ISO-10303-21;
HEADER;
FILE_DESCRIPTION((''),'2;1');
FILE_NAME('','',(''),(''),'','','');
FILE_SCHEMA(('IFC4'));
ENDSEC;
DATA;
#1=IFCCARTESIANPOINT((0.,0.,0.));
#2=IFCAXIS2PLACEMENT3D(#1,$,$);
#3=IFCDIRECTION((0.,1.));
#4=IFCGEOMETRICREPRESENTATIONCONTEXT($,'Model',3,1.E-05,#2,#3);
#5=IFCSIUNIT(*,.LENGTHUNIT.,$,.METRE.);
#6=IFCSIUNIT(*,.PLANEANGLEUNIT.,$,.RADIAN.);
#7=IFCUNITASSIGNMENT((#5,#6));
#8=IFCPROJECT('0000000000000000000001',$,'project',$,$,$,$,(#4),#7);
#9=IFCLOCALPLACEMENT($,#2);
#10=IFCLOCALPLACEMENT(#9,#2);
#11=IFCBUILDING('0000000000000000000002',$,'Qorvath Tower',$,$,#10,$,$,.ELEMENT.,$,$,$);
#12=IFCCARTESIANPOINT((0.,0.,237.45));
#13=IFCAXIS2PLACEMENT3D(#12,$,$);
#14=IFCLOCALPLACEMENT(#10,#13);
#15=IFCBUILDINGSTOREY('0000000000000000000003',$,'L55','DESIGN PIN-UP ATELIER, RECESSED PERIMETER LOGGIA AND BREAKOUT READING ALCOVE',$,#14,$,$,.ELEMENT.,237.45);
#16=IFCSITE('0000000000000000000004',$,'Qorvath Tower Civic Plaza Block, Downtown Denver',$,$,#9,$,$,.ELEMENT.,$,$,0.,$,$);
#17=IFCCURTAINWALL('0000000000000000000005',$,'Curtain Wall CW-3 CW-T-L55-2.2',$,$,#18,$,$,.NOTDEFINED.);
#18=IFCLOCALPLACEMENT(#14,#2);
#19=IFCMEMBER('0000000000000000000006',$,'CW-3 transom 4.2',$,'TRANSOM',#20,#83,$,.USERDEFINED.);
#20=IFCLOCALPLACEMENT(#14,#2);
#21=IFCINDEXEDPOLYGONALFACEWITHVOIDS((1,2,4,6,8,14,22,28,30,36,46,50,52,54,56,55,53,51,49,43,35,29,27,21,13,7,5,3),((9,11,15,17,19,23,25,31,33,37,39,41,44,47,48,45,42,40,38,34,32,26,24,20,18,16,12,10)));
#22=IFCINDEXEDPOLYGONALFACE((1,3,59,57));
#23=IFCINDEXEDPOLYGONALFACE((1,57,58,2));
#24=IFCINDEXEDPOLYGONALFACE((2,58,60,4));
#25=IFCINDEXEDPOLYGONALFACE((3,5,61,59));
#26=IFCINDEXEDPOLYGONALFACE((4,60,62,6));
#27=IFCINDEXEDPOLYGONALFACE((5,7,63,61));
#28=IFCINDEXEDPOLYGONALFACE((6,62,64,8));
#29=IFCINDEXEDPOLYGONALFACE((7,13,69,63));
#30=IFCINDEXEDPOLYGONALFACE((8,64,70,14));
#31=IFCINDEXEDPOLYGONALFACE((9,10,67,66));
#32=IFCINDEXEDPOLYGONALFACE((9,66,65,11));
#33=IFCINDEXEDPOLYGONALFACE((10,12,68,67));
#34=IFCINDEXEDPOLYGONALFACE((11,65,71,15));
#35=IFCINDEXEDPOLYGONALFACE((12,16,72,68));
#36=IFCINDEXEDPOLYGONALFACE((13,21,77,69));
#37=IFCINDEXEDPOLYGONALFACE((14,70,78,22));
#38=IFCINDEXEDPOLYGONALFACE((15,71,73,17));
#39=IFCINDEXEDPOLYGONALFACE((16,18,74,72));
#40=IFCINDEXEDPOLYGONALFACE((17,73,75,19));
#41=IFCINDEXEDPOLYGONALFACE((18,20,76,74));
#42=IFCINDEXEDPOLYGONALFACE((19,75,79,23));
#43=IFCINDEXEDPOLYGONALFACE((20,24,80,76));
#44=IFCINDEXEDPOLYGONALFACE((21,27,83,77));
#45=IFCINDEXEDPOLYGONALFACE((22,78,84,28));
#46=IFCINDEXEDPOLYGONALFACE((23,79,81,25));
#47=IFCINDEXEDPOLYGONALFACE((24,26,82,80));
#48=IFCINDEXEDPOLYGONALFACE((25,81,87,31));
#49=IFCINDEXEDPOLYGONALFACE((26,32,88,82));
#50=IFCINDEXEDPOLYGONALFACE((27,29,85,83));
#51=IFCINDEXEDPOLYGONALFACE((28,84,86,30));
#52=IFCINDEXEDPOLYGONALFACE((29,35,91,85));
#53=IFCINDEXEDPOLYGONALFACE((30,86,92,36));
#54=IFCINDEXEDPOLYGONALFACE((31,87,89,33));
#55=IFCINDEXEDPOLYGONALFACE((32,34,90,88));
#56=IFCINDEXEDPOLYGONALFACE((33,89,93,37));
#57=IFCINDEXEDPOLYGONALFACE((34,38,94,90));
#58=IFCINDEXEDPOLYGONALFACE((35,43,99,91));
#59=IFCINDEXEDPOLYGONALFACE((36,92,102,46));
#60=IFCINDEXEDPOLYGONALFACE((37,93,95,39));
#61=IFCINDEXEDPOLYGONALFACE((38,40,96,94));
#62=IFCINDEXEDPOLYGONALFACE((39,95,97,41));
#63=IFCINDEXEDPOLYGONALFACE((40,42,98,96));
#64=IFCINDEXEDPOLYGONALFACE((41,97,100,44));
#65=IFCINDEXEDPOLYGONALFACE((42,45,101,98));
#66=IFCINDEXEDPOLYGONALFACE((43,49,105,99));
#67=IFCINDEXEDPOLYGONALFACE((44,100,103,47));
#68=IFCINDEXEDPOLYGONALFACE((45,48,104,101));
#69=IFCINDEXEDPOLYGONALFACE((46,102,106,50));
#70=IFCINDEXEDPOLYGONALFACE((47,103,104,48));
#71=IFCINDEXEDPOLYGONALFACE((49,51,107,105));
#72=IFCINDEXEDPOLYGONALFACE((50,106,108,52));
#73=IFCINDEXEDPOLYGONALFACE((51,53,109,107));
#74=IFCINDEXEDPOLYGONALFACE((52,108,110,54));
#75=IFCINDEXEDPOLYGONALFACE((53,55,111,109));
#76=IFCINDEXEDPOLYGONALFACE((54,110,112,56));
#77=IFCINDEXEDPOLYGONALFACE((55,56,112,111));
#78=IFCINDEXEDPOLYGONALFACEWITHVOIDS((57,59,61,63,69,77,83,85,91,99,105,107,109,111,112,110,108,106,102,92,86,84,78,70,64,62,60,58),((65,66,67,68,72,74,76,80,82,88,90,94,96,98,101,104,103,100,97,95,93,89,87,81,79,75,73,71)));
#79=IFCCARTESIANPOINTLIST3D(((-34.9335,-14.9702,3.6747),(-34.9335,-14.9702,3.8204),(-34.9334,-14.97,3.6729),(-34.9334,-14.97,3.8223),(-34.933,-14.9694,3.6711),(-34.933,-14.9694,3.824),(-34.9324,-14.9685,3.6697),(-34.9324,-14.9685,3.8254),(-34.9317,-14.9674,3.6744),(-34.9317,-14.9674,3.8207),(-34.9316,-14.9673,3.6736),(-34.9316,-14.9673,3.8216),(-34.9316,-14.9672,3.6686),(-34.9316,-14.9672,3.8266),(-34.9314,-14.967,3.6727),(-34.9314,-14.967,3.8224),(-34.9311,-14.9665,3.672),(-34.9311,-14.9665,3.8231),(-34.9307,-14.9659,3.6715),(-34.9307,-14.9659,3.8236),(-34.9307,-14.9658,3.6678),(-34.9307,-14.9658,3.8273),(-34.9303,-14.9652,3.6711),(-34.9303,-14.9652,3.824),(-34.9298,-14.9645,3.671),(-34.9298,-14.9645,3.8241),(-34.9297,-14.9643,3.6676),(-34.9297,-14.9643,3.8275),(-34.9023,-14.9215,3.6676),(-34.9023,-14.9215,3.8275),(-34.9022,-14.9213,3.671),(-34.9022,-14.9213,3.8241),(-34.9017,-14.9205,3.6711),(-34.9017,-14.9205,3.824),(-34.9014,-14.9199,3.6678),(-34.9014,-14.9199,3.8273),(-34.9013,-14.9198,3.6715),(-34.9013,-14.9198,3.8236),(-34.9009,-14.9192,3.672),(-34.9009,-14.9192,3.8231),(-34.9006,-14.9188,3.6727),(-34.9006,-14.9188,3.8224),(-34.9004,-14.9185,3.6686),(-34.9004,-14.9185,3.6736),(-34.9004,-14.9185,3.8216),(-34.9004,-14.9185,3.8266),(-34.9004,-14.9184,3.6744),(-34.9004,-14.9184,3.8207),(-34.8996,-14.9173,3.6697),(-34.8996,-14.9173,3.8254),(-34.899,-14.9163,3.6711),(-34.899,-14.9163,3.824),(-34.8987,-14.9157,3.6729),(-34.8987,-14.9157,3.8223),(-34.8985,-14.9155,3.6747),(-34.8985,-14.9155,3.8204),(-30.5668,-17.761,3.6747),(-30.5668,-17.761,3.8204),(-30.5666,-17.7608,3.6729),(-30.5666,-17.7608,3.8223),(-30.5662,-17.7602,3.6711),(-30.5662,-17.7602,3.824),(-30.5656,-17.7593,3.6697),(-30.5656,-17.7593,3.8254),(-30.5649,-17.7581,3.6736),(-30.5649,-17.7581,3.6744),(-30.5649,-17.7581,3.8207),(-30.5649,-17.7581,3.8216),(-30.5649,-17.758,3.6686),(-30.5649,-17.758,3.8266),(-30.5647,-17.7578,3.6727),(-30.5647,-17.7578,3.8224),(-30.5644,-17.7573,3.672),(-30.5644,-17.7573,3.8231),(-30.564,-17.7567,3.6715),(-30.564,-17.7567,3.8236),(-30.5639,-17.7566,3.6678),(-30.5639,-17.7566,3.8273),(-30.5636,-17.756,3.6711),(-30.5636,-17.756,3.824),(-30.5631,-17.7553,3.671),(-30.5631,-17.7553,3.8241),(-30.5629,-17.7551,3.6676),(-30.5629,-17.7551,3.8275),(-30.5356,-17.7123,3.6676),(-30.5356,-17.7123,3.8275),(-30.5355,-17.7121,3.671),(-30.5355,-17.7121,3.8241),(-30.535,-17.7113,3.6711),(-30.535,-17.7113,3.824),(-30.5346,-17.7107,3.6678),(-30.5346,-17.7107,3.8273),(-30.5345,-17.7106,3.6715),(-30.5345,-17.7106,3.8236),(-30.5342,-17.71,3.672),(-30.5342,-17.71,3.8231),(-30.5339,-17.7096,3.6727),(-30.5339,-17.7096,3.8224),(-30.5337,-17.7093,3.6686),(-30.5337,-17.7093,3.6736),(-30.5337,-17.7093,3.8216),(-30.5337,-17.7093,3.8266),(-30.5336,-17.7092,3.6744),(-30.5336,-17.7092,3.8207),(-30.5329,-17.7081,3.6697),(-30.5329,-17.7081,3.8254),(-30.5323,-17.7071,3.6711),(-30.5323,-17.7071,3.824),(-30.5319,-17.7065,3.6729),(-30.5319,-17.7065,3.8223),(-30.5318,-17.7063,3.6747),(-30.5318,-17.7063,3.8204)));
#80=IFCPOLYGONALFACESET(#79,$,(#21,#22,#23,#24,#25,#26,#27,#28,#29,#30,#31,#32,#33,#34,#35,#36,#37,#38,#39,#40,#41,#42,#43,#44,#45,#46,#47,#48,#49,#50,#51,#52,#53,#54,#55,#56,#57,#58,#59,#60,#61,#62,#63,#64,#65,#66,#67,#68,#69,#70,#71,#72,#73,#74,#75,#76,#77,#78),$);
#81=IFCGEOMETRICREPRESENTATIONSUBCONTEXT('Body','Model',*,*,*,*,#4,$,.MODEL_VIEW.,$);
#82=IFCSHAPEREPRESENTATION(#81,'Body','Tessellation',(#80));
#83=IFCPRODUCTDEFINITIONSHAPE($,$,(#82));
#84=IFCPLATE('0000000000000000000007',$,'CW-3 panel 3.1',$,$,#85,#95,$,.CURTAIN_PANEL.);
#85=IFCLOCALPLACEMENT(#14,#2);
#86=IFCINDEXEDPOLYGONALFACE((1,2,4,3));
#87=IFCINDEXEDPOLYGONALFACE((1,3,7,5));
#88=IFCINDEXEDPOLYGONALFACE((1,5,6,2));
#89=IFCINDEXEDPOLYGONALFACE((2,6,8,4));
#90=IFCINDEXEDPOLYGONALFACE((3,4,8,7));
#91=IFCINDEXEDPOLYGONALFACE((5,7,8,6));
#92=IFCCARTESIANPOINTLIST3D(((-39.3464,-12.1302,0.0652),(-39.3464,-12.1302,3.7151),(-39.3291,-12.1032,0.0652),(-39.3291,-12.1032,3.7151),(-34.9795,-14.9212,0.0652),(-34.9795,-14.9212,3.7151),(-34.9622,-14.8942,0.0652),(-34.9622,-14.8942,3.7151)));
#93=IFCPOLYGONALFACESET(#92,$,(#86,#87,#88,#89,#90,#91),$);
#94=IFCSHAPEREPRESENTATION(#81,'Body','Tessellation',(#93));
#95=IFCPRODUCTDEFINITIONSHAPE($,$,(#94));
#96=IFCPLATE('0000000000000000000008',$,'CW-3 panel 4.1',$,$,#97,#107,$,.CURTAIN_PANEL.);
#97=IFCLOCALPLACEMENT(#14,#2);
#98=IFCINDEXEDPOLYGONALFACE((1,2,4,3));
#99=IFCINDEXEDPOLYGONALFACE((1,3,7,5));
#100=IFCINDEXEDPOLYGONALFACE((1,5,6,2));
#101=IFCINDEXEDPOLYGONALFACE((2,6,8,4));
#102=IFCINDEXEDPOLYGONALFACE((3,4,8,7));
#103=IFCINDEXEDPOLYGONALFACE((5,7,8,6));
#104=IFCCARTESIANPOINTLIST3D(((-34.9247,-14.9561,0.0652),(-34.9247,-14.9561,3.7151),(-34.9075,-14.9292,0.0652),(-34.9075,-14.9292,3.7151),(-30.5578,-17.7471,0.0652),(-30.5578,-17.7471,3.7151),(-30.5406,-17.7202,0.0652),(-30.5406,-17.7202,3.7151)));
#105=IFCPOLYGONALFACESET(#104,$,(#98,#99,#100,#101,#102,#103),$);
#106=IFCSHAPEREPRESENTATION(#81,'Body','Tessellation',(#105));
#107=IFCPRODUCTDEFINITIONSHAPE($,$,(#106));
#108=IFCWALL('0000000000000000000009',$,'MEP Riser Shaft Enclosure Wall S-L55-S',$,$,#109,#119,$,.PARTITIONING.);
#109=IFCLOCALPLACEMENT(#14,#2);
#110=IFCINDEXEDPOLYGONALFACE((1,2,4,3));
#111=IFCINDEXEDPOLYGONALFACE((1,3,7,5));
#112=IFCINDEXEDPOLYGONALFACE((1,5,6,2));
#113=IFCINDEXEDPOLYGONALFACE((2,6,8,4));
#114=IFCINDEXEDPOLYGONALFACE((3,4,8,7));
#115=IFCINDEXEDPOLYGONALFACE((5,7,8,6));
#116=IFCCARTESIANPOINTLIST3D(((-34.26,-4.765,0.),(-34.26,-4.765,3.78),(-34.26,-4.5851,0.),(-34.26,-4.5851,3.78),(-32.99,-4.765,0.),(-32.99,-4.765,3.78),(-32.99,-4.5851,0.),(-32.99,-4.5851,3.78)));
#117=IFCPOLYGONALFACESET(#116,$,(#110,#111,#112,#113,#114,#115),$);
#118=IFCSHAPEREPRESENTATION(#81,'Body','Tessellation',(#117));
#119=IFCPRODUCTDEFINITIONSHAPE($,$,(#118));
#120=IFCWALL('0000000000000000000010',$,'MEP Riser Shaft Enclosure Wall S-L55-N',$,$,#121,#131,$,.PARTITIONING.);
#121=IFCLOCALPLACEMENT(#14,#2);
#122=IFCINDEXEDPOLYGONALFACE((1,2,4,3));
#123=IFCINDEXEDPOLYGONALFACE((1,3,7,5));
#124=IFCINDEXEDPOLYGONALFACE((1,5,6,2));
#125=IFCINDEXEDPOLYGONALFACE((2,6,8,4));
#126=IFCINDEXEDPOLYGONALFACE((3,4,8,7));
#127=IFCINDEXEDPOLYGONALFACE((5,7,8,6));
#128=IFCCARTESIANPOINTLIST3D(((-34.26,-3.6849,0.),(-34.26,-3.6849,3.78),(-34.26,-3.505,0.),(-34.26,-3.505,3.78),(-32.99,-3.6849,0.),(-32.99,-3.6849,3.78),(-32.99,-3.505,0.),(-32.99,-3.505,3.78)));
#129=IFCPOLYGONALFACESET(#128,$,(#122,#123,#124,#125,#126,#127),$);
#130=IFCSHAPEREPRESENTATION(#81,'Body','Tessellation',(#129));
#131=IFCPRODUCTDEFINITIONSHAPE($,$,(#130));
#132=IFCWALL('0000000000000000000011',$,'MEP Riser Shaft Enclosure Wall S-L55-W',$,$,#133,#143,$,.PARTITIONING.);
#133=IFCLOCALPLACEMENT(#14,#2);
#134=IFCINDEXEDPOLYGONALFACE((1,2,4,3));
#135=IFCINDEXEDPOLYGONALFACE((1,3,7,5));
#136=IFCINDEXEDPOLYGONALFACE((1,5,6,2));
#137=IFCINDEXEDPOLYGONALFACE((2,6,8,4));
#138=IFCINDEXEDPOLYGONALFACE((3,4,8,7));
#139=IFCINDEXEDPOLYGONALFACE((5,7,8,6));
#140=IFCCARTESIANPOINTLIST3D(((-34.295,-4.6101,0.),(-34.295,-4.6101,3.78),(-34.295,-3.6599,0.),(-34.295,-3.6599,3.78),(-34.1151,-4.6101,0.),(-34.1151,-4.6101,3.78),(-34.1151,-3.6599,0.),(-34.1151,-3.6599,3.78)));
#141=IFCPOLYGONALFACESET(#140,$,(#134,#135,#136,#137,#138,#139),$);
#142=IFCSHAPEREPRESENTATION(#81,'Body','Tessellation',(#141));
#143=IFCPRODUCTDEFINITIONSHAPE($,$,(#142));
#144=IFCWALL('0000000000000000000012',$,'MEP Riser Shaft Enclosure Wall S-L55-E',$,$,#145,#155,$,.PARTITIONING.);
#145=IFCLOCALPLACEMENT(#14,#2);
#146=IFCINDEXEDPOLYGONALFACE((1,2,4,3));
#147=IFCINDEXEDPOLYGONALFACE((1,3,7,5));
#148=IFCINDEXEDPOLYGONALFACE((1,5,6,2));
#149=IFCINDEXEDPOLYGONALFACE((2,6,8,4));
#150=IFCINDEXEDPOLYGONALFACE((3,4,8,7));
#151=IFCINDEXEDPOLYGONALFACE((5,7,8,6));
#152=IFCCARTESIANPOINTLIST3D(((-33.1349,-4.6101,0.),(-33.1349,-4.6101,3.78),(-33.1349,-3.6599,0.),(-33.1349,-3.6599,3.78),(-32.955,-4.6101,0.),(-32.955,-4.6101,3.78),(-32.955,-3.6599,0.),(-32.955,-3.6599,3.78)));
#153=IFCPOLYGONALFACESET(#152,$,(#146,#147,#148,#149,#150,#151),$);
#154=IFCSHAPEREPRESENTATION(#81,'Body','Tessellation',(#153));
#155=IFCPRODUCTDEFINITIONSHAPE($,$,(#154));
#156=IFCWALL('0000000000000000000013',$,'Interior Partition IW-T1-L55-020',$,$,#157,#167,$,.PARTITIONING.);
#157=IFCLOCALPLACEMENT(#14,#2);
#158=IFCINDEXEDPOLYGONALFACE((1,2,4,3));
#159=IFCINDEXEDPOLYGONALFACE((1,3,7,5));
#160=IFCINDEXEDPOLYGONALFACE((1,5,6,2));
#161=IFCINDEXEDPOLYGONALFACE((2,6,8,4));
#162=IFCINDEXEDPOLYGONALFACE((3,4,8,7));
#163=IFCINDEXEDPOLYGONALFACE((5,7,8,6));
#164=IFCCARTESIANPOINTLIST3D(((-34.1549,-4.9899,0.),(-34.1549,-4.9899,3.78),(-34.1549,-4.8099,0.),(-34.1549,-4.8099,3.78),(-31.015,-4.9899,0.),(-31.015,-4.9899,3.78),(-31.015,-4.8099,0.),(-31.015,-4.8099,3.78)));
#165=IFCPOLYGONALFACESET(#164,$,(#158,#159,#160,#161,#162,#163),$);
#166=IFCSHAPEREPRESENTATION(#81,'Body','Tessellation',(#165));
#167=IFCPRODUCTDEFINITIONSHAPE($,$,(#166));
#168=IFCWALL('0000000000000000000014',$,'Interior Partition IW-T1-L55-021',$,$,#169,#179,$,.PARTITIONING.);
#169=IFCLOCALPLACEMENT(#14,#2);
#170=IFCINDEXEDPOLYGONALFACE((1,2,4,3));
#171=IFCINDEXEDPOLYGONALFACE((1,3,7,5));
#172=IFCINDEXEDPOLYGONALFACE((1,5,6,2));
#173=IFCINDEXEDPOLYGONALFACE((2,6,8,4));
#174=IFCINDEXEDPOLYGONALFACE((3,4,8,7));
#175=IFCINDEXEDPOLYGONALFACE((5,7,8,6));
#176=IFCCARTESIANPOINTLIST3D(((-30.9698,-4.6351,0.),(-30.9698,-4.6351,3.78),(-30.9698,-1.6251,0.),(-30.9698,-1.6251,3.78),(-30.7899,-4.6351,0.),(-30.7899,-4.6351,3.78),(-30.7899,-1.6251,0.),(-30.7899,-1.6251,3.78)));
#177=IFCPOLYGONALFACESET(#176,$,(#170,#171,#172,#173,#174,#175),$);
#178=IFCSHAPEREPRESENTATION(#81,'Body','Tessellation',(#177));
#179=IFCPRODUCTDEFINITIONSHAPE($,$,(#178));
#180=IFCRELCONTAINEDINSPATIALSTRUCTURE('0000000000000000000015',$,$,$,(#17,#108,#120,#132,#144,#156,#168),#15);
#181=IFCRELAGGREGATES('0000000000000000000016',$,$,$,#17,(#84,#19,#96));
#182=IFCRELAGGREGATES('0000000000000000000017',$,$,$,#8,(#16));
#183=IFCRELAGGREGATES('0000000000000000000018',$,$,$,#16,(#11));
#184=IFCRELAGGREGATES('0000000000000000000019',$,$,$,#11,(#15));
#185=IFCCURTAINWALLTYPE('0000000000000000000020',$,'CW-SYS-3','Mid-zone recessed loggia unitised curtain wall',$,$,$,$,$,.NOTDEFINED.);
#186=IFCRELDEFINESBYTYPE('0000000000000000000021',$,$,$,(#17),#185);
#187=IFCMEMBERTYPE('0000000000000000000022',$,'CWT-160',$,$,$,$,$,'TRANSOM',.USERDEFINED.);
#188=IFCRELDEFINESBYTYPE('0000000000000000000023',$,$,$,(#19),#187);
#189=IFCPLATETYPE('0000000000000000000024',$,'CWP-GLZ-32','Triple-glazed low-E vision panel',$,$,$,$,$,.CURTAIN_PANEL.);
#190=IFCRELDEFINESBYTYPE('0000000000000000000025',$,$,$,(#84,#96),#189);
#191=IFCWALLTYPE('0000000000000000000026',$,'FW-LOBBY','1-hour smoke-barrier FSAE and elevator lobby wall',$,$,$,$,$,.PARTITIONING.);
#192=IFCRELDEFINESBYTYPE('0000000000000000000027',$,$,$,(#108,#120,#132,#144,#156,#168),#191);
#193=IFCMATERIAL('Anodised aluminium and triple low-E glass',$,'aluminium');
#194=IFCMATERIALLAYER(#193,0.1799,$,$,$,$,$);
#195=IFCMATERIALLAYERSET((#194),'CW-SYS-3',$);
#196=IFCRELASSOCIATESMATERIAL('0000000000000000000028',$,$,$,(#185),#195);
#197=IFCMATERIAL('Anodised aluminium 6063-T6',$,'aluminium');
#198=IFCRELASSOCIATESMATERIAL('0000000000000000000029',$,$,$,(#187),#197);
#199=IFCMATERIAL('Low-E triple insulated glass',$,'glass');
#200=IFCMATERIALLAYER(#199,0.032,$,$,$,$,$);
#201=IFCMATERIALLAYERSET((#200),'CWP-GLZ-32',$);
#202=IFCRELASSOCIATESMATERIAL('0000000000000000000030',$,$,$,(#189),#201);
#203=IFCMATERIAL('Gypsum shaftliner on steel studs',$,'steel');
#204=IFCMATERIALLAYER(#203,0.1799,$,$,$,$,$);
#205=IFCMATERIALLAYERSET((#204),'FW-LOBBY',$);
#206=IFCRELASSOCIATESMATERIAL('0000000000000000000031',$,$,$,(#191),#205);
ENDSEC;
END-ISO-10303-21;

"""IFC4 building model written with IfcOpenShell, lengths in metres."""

from ifc_helpers import new_model, si_unit, direction, frame, frame_2d, origin, origin_2d, place, context, subcontext, project, spatial, rectangle, hollow_rectangle, extrude, material, layer, layer_set, material_profile, profile_set, type_object, element, aggregate, save


model = new_model("IFC4")

# Units and contexts
model_context = context("Model", 3, precision=1e-05, world=origin(), true_north=direction((0.0, 1.0)))
body_context = subcontext(model_context, "Body", "Model", "MODEL_VIEW")
ifc_project = project(units=[si_unit("LENGTHUNIT", "METRE"), si_unit("PLANEANGLEUNIT", "RADIAN")], contexts=[model_context])

# Site, building, storey
site_placement = place(None, origin())
site = spatial("IfcSite", under=ifc_project, at=site_placement, Name="Qorvath Tower Civic Plaza Block, Downtown Denver", CompositionType="ELEMENT", RefElevation=0.0)
building_placement = place(site_placement, origin())
building = spatial("IfcBuilding", under=site, at=building_placement, Name="Qorvath Tower", CompositionType="ELEMENT")
storey_placement = place(building_placement, frame((0.0, 0.0, 237.45)))
storey = spatial("IfcBuildingStorey", under=building, at=storey_placement, Name="L55", Description="DESIGN PIN-UP ATELIER, RECESSED PERIMETER LOGGIA AND BREAKOUT READING ALCOVE", CompositionType="ELEMENT", Elevation=237.45)

# Curtain wall, member, plates
ifc_material_1 = material(Name="Anodised aluminium and triple low-E glass", Category="aluminium")
ifc_layer_1 = layer(ifc_material_1, 0.1799)
ifc_layer_set_1 = layer_set([ifc_layer_1], Name="CW-SYS-3")
curtain_wall_type = type_object("IfcCurtainWallType", Name="CW-SYS-3", Description="Mid-zone recessed loggia unitised curtain wall", PredefinedType="NOTDEFINED", material=ifc_layer_set_1)
curtain_wall_placement = place(storey_placement, origin())
curtain_wall = element("IfcCurtainWall", 1, at=curtain_wall_placement, inside=storey, type_object=curtain_wall_type, Name="Curtain Wall CW-3 CW-T-L55-2.2", PredefinedType="NOTDEFINED")
ifc_material_2 = material(Name="Anodised aluminium 6063-T6", Category="aluminium")
ifc_material_profile_1 = material_profile(ifc_material_2, hollow_rectangle(XDim=0.0649, YDim=0.1599, WallThickness=0.0034, InnerFilletRadius=0.0034, OuterFilletRadius=0.0071, at=origin_2d()), Name="CWT 160x65")
ifc_profile_set_1 = profile_set([ifc_material_profile_1], Name="Anodised aluminium 6063-T6")
member_type_1 = type_object("IfcMemberType", Name="CWT-160", ElementType="TRANSOM", PredefinedType="USERDEFINED", material=ifc_profile_set_1)
member_1_placement = place(storey_placement, frame((-34.916, -14.9429, 3.7476), z_axis=(0.842614, -0.538518, 0.0), x_axis=(0.538518, 0.842614, 0.0)))
member_1 = element("IfcMember", 2, at=member_1_placement, type_object=member_type_1, Name="CW-3 transom 4.2", ObjectType="TRANSOM", PredefinedType="USERDEFINED", context=body_context, shape_type="SweptSolid", body=[
    extrude(hollow_rectangle(XDim=0.0649, YDim=0.1599, WallThickness=0.0034, InnerFilletRadius=0.0034, OuterFilletRadius=0.0071, at=origin_2d()), origin(), (0.0, 0.0, 1.0), 5.1824),
])
ifc_material_3 = material(Name="Low-E triple insulated glass", Category="glass")
ifc_layer_2 = layer(ifc_material_3, 0.032)
ifc_layer_set_2 = layer_set([ifc_layer_2], Name="CWP-GLZ-32")
plate_type = type_object("IfcPlateType", Name="CWP-GLZ-32", Description="Triple-glazed low-E vision panel", PredefinedType="CURTAIN_PANEL", material=ifc_layer_set_2)
plate_1_placement = place(storey_placement, frame((-37.1543, -13.5122, 0.0652), z_axis=(0.0, 0.0, 1.0), x_axis=(0.842607, -0.538529, 0.0)))
plate_1 = element("IfcPlate", 3, at=plate_1_placement, type_object=plate_type, Name="CW-3 panel 3.1", PredefinedType="CURTAIN_PANEL", context=body_context, shape_type="SweptSolid", body=[
    extrude(rectangle(XDim=5.1826, YDim=0.032, at=origin_2d()), origin(), (0.0, 0.0, 1.0), 3.6499),
])
plate_2_placement = place(storey_placement, frame((-32.7327, -16.3381, 0.0652), z_axis=(0.0, 0.0, 1.0), x_axis=(0.842607, -0.538529, 0.0)))
plate_2 = element("IfcPlate", 4, at=plate_2_placement, type_object=plate_type, Name="CW-3 panel 4.1", PredefinedType="CURTAIN_PANEL", context=body_context, shape_type="SweptSolid", body=[
    extrude(rectangle(XDim=5.1826, YDim=0.032, at=origin_2d()), origin(), (0.0, 0.0, 1.0), 3.6499),
])
aggregate(curtain_wall, [plate_1, member_1, plate_2])

# Walls
ifc_material_4 = material(Name="Gypsum shaftliner on steel studs", Category="steel")
ifc_layer_3 = layer(ifc_material_4, 0.1799)
ifc_layer_set_3 = layer_set([ifc_layer_3], Name="FW-LOBBY")
wall_type_1 = type_object("IfcWallType", Name="FW-LOBBY", Description="1-hour smoke-barrier FSAE and elevator lobby wall", PredefinedType="PARTITIONING", material=ifc_layer_set_3)
for number, where, z_axis, x_axis, name in (
    (5, (-32.99, -4.675, 0.0), (0.0, 0.0, 1.0), (-1.0, 0.0, 0.0), "MEP Riser Shaft Enclosure Wall S-L55-S"),
    (6, (-34.26, -3.595, 0.0), (0.0, 0.0, 1.0), (1.0, 0.0, 0.0), "MEP Riser Shaft Enclosure Wall S-L55-N"),
):
    element("IfcWall", number, at=place(storey_placement, frame(where, z_axis=z_axis, x_axis=x_axis)), inside=storey, type_object=wall_type_1, Name=name, PredefinedType="PARTITIONING", context=body_context, shape_type="SweptSolid", body=[
        extrude(rectangle(XDim=1.27, YDim=0.1799, at=frame_2d((0.635, 0.0))), origin(), (0.0, 0.0, 1.0), 3.78),
    ])
for number, where, z_axis, x_axis, name in (
    (7, (-34.2051, -4.6101, 0.0), (0.0, 0.0, 1.0), (0.0, 1.0, 0.0), "MEP Riser Shaft Enclosure Wall S-L55-W"),
    (8, (-33.0449, -3.6599, 0.0), (0.0, 0.0, 1.0), (0.0, -1.0, 0.0), "MEP Riser Shaft Enclosure Wall S-L55-E"),
):
    element("IfcWall", number, at=place(storey_placement, frame(where, z_axis=z_axis, x_axis=x_axis)), inside=storey, type_object=wall_type_1, Name=name, PredefinedType="PARTITIONING", context=body_context, shape_type="SweptSolid", body=[
        extrude(rectangle(XDim=0.9502, YDim=0.1799, at=frame_2d((0.4751, 0.0))), origin(), (0.0, 0.0, 1.0), 3.78),
    ])
wall_1_placement = place(storey_placement, frame((-34.1548, -4.8999, 0.0), z_axis=(0.0, 0.0, 1.0), x_axis=(1.0, 0.0, 0.0)))
element("IfcWall", 9, at=wall_1_placement, inside=storey, type_object=wall_type_1, Name="Interior Partition IW-T1-L55-020", PredefinedType="PARTITIONING", context=body_context, shape_type="SweptSolid", body=[
    extrude(rectangle(XDim=3.1399, YDim=0.1799, at=frame_2d((1.5698, 0.0))), origin(), (0.0, 0.0, 1.0), 3.78),
])
wall_2_placement = place(storey_placement, frame((-30.8799, -4.635, 0.0), z_axis=(0.0, 0.0, 1.0), x_axis=(0.0, 1.0, 0.0)))
element("IfcWall", 10, at=wall_2_placement, inside=storey, type_object=wall_type_1, Name="Interior Partition IW-T1-L55-021", PredefinedType="PARTITIONING", context=body_context, shape_type="SweptSolid", body=[
    extrude(rectangle(XDim=3.01, YDim=0.1799, at=frame_2d((1.5049, 0.0))), origin(), (0.0, 0.0, 1.0), 3.78),
])

save(model, "model.ifc")
